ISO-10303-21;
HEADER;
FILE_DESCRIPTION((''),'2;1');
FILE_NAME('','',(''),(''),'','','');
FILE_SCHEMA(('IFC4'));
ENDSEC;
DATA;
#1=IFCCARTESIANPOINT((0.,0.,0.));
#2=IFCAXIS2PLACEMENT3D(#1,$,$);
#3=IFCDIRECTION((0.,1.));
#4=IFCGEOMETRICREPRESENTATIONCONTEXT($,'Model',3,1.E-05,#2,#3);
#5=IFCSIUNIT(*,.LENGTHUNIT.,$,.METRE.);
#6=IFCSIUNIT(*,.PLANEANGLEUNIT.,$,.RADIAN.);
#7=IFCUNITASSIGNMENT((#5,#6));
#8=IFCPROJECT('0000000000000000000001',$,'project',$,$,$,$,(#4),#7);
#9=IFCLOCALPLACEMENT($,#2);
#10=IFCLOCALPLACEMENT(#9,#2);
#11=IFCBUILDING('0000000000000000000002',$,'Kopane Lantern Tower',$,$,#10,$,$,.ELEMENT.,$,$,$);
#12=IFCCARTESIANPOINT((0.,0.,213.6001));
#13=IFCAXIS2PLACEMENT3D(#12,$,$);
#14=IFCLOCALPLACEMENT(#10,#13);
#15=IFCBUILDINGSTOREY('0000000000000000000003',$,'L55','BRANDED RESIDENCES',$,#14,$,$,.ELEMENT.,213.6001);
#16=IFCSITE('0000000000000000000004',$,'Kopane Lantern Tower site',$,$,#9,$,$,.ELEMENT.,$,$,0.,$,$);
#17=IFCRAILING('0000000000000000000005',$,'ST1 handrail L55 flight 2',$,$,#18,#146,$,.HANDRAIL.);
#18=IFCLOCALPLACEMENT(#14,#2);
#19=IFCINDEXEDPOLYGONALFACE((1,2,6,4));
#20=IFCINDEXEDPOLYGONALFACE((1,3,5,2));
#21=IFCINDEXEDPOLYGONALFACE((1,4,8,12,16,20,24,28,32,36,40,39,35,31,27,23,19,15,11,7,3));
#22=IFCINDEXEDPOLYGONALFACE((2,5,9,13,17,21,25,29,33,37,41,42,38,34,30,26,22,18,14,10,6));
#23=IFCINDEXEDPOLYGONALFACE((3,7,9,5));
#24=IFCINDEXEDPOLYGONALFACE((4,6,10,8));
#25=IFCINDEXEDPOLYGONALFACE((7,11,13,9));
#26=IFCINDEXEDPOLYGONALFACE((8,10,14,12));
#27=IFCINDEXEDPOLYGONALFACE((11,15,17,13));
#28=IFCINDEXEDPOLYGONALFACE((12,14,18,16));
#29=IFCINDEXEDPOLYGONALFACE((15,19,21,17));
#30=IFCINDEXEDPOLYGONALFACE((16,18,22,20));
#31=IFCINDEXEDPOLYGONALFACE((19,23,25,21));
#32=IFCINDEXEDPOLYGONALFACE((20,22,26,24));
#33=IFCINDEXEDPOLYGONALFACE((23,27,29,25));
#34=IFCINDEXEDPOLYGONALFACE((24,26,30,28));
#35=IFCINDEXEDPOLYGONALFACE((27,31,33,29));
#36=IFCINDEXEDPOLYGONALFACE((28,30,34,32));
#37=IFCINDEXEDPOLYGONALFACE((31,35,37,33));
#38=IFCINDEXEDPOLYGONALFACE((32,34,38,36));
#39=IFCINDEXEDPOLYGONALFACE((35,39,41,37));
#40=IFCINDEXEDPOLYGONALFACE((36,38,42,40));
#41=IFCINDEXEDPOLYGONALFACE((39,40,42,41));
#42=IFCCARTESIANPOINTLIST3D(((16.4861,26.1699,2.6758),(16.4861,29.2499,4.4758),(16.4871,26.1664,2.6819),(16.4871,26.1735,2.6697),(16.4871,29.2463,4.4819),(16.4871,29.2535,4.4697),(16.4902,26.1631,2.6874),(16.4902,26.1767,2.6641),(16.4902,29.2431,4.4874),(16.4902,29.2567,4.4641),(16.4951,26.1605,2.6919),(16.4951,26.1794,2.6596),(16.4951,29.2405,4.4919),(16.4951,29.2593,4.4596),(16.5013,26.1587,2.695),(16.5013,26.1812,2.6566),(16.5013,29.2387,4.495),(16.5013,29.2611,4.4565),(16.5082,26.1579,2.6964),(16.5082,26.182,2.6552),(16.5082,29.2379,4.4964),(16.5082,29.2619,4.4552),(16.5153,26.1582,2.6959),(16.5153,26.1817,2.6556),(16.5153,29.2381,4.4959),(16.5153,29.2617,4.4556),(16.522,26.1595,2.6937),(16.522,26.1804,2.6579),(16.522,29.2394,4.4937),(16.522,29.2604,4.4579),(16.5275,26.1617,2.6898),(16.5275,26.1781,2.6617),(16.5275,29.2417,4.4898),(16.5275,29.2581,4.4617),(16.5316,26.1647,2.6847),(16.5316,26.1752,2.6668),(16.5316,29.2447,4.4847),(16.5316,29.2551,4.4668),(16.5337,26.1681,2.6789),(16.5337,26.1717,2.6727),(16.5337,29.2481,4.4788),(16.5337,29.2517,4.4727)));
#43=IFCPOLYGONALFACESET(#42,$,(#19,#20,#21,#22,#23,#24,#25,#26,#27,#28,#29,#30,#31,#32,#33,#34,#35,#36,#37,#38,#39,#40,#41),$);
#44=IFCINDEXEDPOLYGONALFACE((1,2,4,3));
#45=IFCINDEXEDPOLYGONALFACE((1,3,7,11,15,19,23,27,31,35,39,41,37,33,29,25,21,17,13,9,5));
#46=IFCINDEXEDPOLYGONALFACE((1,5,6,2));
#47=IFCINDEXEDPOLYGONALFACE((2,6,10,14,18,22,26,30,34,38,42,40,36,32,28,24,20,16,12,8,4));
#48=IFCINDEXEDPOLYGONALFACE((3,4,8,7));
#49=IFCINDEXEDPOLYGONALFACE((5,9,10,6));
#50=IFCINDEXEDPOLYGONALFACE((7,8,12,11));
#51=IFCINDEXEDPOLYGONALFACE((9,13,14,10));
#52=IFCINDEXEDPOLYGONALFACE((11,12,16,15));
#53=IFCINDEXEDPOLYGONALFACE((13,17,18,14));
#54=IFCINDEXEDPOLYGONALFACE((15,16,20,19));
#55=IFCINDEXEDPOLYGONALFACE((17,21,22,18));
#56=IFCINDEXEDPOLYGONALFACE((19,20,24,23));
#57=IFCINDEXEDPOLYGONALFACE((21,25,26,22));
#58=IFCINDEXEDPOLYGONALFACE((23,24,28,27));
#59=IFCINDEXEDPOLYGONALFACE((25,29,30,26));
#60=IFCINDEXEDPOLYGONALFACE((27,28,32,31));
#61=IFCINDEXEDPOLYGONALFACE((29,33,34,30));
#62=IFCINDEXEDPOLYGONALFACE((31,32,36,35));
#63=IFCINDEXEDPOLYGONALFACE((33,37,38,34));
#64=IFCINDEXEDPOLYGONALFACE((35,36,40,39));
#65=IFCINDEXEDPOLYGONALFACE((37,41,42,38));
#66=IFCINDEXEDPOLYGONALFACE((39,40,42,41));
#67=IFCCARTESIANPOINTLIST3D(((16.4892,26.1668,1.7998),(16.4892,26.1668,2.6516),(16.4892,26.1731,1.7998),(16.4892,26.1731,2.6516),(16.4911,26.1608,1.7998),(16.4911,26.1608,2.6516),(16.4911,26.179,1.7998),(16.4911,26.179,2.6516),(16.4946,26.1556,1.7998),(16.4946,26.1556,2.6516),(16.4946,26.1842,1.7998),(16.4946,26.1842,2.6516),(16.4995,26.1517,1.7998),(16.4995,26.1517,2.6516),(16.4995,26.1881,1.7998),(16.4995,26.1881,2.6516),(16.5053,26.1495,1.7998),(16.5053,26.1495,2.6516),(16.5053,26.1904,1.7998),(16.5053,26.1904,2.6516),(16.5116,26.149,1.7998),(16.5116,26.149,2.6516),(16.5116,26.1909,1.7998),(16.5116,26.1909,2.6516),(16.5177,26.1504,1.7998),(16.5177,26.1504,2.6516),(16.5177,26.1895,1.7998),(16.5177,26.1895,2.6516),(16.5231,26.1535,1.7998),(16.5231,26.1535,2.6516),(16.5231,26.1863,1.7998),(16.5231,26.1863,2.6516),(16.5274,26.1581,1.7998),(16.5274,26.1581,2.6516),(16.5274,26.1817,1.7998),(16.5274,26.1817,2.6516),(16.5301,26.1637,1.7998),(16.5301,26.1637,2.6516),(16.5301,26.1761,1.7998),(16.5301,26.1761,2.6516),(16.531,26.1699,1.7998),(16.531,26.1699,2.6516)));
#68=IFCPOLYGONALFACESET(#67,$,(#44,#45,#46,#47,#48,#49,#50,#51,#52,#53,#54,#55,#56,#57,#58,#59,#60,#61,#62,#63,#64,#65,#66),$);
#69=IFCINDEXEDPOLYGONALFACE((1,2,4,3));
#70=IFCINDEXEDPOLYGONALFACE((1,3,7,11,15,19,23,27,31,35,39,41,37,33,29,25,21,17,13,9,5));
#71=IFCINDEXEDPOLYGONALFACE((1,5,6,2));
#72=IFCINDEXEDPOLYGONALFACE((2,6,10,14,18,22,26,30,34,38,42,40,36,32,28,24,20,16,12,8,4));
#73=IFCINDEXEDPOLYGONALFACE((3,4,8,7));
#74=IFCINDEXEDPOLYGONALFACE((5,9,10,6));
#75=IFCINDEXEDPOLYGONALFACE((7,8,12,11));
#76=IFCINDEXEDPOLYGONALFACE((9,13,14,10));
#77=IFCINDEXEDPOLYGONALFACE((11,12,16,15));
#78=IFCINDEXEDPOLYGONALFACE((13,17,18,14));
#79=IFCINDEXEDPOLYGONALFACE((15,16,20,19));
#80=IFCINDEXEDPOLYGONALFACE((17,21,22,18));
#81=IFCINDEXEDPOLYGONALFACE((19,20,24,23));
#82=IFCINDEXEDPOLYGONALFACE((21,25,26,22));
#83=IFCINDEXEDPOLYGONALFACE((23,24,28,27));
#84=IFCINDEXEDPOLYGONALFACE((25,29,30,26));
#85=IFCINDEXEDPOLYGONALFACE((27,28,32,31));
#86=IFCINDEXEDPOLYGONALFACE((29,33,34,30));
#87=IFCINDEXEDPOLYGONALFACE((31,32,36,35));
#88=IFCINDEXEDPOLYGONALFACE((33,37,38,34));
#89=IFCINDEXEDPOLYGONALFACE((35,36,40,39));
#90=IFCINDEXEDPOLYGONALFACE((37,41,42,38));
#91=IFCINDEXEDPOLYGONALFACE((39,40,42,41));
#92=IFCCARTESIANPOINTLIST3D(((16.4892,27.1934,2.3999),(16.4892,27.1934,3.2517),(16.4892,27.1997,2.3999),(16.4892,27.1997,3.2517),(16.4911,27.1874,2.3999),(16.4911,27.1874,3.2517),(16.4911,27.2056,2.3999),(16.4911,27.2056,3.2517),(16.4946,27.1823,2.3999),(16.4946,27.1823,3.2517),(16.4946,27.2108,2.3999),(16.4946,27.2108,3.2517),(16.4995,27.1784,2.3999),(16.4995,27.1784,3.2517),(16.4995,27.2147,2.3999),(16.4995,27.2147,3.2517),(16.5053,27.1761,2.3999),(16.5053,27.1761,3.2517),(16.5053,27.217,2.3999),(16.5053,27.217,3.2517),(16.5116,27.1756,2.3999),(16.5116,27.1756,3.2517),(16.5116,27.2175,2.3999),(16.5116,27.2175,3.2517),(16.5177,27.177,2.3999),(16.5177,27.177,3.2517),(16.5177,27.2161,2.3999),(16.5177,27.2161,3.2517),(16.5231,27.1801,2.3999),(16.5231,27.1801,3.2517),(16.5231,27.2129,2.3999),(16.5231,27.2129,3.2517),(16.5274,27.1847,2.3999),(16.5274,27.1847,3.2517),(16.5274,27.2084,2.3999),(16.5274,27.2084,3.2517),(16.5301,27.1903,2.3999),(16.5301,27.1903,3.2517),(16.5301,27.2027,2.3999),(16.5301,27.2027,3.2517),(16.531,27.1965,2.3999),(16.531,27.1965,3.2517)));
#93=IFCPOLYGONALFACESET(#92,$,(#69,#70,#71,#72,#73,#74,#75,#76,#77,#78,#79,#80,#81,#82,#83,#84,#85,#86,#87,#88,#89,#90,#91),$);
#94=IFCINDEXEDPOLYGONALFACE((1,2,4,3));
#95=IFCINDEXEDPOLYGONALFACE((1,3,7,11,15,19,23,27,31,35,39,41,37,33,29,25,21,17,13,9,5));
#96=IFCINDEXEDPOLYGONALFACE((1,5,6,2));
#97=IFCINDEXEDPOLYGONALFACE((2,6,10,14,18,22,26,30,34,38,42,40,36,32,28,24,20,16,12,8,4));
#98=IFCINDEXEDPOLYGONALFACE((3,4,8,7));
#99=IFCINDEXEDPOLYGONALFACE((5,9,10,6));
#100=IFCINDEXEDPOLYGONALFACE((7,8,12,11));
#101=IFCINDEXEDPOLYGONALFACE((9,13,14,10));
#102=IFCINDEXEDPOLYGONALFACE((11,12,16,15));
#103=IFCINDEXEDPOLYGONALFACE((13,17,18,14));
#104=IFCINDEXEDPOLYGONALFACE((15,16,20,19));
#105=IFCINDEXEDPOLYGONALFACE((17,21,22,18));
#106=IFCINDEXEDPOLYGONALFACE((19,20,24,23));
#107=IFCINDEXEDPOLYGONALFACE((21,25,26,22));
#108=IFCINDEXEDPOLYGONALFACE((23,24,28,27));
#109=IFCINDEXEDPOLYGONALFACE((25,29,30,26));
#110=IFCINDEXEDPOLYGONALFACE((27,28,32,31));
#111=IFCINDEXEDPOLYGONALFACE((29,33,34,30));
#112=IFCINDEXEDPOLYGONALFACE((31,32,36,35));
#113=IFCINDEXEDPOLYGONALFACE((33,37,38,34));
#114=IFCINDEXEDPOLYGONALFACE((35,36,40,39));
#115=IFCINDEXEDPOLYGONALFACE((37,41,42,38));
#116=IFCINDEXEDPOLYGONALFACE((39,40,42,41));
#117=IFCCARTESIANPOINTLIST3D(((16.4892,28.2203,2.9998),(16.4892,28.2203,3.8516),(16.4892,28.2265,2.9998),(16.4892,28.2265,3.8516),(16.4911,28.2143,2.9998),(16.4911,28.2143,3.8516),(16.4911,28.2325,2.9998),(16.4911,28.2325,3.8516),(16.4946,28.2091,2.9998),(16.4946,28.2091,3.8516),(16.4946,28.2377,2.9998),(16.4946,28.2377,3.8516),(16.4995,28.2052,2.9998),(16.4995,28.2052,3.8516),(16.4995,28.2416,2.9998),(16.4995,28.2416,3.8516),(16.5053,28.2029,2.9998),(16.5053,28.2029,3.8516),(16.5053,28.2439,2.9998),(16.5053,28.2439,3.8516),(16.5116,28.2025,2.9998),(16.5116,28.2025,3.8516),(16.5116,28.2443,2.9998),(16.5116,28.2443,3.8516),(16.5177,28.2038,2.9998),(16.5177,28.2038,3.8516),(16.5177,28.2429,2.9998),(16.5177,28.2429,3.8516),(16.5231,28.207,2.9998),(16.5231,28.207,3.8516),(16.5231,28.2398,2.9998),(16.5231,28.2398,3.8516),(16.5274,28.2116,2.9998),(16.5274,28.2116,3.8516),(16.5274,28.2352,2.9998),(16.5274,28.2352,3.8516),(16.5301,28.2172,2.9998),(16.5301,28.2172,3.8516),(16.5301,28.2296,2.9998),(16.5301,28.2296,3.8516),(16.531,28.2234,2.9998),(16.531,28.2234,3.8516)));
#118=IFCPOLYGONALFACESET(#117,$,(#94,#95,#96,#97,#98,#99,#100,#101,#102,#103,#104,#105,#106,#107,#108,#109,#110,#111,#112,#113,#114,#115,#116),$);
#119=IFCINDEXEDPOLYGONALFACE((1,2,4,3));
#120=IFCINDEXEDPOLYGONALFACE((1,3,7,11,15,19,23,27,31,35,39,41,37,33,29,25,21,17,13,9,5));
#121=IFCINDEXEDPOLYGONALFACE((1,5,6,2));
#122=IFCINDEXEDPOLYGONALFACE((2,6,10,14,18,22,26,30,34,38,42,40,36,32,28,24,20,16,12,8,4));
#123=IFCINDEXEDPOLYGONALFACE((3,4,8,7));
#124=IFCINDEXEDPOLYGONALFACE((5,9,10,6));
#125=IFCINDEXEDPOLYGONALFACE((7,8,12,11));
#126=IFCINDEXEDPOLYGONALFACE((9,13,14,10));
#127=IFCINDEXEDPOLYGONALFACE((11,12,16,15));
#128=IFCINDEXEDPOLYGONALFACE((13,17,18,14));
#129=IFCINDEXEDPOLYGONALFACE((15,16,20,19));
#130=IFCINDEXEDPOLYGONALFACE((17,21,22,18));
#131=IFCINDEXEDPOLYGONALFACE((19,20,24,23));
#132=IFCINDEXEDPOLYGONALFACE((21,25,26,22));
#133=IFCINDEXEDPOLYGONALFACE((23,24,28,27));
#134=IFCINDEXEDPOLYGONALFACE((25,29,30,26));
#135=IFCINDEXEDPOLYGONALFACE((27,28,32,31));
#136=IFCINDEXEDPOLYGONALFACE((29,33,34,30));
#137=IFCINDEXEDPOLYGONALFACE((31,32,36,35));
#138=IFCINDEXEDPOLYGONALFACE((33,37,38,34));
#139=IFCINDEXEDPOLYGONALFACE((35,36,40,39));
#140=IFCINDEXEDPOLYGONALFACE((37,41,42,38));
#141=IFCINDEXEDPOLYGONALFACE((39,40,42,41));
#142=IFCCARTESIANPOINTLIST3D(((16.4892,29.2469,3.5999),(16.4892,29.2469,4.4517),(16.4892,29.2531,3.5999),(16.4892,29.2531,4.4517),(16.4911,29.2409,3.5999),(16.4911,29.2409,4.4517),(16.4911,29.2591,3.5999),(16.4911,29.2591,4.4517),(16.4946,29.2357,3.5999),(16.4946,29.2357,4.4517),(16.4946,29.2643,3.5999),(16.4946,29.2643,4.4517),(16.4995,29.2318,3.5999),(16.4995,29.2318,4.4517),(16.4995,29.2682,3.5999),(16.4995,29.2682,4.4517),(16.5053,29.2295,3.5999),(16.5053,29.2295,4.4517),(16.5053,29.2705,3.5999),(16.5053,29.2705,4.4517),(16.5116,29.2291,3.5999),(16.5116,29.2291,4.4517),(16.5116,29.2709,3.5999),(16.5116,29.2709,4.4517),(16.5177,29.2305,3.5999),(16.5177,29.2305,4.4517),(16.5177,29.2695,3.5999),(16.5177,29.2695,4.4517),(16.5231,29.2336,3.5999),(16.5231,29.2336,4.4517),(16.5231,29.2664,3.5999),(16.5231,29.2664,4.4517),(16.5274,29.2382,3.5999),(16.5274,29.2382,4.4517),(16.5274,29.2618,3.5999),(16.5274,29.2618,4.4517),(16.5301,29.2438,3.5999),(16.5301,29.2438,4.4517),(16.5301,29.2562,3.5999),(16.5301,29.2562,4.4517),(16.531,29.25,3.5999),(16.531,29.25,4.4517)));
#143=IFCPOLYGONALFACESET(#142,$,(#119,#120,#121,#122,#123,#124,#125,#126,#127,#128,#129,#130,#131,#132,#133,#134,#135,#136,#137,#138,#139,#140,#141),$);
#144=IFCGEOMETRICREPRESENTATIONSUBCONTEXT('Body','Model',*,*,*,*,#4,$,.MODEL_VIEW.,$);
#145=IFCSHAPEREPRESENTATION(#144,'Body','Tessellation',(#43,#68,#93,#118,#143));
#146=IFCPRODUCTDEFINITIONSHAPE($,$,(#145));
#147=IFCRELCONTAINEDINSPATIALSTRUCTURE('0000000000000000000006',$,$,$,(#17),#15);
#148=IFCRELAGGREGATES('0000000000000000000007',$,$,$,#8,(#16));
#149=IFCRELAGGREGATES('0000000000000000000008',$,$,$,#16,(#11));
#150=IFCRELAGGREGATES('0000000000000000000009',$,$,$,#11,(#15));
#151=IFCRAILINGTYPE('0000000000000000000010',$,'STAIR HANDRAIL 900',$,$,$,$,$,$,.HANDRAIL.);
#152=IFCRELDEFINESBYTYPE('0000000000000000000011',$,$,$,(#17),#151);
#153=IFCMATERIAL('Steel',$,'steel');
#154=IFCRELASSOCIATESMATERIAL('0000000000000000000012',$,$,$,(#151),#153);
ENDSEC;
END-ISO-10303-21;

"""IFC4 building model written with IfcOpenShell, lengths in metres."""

from ifc_helpers import new_model, si_unit, direction, frame, origin, origin_2d, place, context, subcontext, project, spatial, circle, extrude, material, type_object, element, save


model = new_model("IFC4")

# Units and contexts
model_context = context("Model", 3, precision=1e-05, world=origin(), true_north=direction((0.0, 1.0)))
body_context = subcontext(model_context, "Body", "Model", "MODEL_VIEW")
ifc_project = project(units=[si_unit("LENGTHUNIT", "METRE"), si_unit("PLANEANGLEUNIT", "RADIAN")], contexts=[model_context])

# Site, building, storey
site_placement = place(None, origin())
site = spatial("IfcSite", under=ifc_project, at=site_placement, Name="Kopane Lantern Tower site", CompositionType="ELEMENT", RefElevation=0.0)
building_placement = place(site_placement, origin())
building = spatial("IfcBuilding", under=site, at=building_placement, Name="Kopane Lantern Tower", CompositionType="ELEMENT")
storey_placement = place(building_placement, frame((0.0, 0.0, 213.6001)))
storey = spatial("IfcBuildingStorey", under=building, at=storey_placement, Name="L55", Description="BRANDED RESIDENCES", CompositionType="ELEMENT", Elevation=213.6001)

# Railing
ifc_material_1 = material(Name="Steel", Category="steel")
railing_type_1 = type_object("IfcRailingType", Name="STAIR HANDRAIL 900", PredefinedType="HANDRAIL", material=ifc_material_1)
for number, where, name in (
    (1, (16.51, 26.1699, 1.7998), "ST1 handrail L55 flight 2"),
):
    element("IfcRailing", number, at=place(storey_placement, frame(where)), inside=storey, type_object=railing_type_1, Name=name, PredefinedType="HANDRAIL", context=body_context, shape_type="SweptSolid", body=[
        extrude(circle(Radius=0.0239, at=origin_2d()), frame((0.0, 0.0, 0.876), z_axis=(0.0, 0.863372, 0.504569), x_axis=(-1.0, 0.0, 0.0)), (0.0, 0.0, 1.0), 3.5674),
        extrude(circle(Radius=0.021, at=origin_2d()), origin(), (0.0, 0.0, 1.0), 0.8518),
        extrude(circle(Radius=0.021, at=origin_2d()), frame((0.0, 1.0266, 0.6001)), (0.0, 0.0, 1.0), 0.8518),
        extrude(circle(Radius=0.021, at=origin_2d()), frame((0.0, 2.0535, 1.2)), (0.0, 0.0, 1.0), 0.8518),
        extrude(circle(Radius=0.021, at=origin_2d()), frame((0.0, 3.0801, 1.8)), (0.0, 0.0, 1.0), 0.8518),
    ])

save(model, "model.ifc")
